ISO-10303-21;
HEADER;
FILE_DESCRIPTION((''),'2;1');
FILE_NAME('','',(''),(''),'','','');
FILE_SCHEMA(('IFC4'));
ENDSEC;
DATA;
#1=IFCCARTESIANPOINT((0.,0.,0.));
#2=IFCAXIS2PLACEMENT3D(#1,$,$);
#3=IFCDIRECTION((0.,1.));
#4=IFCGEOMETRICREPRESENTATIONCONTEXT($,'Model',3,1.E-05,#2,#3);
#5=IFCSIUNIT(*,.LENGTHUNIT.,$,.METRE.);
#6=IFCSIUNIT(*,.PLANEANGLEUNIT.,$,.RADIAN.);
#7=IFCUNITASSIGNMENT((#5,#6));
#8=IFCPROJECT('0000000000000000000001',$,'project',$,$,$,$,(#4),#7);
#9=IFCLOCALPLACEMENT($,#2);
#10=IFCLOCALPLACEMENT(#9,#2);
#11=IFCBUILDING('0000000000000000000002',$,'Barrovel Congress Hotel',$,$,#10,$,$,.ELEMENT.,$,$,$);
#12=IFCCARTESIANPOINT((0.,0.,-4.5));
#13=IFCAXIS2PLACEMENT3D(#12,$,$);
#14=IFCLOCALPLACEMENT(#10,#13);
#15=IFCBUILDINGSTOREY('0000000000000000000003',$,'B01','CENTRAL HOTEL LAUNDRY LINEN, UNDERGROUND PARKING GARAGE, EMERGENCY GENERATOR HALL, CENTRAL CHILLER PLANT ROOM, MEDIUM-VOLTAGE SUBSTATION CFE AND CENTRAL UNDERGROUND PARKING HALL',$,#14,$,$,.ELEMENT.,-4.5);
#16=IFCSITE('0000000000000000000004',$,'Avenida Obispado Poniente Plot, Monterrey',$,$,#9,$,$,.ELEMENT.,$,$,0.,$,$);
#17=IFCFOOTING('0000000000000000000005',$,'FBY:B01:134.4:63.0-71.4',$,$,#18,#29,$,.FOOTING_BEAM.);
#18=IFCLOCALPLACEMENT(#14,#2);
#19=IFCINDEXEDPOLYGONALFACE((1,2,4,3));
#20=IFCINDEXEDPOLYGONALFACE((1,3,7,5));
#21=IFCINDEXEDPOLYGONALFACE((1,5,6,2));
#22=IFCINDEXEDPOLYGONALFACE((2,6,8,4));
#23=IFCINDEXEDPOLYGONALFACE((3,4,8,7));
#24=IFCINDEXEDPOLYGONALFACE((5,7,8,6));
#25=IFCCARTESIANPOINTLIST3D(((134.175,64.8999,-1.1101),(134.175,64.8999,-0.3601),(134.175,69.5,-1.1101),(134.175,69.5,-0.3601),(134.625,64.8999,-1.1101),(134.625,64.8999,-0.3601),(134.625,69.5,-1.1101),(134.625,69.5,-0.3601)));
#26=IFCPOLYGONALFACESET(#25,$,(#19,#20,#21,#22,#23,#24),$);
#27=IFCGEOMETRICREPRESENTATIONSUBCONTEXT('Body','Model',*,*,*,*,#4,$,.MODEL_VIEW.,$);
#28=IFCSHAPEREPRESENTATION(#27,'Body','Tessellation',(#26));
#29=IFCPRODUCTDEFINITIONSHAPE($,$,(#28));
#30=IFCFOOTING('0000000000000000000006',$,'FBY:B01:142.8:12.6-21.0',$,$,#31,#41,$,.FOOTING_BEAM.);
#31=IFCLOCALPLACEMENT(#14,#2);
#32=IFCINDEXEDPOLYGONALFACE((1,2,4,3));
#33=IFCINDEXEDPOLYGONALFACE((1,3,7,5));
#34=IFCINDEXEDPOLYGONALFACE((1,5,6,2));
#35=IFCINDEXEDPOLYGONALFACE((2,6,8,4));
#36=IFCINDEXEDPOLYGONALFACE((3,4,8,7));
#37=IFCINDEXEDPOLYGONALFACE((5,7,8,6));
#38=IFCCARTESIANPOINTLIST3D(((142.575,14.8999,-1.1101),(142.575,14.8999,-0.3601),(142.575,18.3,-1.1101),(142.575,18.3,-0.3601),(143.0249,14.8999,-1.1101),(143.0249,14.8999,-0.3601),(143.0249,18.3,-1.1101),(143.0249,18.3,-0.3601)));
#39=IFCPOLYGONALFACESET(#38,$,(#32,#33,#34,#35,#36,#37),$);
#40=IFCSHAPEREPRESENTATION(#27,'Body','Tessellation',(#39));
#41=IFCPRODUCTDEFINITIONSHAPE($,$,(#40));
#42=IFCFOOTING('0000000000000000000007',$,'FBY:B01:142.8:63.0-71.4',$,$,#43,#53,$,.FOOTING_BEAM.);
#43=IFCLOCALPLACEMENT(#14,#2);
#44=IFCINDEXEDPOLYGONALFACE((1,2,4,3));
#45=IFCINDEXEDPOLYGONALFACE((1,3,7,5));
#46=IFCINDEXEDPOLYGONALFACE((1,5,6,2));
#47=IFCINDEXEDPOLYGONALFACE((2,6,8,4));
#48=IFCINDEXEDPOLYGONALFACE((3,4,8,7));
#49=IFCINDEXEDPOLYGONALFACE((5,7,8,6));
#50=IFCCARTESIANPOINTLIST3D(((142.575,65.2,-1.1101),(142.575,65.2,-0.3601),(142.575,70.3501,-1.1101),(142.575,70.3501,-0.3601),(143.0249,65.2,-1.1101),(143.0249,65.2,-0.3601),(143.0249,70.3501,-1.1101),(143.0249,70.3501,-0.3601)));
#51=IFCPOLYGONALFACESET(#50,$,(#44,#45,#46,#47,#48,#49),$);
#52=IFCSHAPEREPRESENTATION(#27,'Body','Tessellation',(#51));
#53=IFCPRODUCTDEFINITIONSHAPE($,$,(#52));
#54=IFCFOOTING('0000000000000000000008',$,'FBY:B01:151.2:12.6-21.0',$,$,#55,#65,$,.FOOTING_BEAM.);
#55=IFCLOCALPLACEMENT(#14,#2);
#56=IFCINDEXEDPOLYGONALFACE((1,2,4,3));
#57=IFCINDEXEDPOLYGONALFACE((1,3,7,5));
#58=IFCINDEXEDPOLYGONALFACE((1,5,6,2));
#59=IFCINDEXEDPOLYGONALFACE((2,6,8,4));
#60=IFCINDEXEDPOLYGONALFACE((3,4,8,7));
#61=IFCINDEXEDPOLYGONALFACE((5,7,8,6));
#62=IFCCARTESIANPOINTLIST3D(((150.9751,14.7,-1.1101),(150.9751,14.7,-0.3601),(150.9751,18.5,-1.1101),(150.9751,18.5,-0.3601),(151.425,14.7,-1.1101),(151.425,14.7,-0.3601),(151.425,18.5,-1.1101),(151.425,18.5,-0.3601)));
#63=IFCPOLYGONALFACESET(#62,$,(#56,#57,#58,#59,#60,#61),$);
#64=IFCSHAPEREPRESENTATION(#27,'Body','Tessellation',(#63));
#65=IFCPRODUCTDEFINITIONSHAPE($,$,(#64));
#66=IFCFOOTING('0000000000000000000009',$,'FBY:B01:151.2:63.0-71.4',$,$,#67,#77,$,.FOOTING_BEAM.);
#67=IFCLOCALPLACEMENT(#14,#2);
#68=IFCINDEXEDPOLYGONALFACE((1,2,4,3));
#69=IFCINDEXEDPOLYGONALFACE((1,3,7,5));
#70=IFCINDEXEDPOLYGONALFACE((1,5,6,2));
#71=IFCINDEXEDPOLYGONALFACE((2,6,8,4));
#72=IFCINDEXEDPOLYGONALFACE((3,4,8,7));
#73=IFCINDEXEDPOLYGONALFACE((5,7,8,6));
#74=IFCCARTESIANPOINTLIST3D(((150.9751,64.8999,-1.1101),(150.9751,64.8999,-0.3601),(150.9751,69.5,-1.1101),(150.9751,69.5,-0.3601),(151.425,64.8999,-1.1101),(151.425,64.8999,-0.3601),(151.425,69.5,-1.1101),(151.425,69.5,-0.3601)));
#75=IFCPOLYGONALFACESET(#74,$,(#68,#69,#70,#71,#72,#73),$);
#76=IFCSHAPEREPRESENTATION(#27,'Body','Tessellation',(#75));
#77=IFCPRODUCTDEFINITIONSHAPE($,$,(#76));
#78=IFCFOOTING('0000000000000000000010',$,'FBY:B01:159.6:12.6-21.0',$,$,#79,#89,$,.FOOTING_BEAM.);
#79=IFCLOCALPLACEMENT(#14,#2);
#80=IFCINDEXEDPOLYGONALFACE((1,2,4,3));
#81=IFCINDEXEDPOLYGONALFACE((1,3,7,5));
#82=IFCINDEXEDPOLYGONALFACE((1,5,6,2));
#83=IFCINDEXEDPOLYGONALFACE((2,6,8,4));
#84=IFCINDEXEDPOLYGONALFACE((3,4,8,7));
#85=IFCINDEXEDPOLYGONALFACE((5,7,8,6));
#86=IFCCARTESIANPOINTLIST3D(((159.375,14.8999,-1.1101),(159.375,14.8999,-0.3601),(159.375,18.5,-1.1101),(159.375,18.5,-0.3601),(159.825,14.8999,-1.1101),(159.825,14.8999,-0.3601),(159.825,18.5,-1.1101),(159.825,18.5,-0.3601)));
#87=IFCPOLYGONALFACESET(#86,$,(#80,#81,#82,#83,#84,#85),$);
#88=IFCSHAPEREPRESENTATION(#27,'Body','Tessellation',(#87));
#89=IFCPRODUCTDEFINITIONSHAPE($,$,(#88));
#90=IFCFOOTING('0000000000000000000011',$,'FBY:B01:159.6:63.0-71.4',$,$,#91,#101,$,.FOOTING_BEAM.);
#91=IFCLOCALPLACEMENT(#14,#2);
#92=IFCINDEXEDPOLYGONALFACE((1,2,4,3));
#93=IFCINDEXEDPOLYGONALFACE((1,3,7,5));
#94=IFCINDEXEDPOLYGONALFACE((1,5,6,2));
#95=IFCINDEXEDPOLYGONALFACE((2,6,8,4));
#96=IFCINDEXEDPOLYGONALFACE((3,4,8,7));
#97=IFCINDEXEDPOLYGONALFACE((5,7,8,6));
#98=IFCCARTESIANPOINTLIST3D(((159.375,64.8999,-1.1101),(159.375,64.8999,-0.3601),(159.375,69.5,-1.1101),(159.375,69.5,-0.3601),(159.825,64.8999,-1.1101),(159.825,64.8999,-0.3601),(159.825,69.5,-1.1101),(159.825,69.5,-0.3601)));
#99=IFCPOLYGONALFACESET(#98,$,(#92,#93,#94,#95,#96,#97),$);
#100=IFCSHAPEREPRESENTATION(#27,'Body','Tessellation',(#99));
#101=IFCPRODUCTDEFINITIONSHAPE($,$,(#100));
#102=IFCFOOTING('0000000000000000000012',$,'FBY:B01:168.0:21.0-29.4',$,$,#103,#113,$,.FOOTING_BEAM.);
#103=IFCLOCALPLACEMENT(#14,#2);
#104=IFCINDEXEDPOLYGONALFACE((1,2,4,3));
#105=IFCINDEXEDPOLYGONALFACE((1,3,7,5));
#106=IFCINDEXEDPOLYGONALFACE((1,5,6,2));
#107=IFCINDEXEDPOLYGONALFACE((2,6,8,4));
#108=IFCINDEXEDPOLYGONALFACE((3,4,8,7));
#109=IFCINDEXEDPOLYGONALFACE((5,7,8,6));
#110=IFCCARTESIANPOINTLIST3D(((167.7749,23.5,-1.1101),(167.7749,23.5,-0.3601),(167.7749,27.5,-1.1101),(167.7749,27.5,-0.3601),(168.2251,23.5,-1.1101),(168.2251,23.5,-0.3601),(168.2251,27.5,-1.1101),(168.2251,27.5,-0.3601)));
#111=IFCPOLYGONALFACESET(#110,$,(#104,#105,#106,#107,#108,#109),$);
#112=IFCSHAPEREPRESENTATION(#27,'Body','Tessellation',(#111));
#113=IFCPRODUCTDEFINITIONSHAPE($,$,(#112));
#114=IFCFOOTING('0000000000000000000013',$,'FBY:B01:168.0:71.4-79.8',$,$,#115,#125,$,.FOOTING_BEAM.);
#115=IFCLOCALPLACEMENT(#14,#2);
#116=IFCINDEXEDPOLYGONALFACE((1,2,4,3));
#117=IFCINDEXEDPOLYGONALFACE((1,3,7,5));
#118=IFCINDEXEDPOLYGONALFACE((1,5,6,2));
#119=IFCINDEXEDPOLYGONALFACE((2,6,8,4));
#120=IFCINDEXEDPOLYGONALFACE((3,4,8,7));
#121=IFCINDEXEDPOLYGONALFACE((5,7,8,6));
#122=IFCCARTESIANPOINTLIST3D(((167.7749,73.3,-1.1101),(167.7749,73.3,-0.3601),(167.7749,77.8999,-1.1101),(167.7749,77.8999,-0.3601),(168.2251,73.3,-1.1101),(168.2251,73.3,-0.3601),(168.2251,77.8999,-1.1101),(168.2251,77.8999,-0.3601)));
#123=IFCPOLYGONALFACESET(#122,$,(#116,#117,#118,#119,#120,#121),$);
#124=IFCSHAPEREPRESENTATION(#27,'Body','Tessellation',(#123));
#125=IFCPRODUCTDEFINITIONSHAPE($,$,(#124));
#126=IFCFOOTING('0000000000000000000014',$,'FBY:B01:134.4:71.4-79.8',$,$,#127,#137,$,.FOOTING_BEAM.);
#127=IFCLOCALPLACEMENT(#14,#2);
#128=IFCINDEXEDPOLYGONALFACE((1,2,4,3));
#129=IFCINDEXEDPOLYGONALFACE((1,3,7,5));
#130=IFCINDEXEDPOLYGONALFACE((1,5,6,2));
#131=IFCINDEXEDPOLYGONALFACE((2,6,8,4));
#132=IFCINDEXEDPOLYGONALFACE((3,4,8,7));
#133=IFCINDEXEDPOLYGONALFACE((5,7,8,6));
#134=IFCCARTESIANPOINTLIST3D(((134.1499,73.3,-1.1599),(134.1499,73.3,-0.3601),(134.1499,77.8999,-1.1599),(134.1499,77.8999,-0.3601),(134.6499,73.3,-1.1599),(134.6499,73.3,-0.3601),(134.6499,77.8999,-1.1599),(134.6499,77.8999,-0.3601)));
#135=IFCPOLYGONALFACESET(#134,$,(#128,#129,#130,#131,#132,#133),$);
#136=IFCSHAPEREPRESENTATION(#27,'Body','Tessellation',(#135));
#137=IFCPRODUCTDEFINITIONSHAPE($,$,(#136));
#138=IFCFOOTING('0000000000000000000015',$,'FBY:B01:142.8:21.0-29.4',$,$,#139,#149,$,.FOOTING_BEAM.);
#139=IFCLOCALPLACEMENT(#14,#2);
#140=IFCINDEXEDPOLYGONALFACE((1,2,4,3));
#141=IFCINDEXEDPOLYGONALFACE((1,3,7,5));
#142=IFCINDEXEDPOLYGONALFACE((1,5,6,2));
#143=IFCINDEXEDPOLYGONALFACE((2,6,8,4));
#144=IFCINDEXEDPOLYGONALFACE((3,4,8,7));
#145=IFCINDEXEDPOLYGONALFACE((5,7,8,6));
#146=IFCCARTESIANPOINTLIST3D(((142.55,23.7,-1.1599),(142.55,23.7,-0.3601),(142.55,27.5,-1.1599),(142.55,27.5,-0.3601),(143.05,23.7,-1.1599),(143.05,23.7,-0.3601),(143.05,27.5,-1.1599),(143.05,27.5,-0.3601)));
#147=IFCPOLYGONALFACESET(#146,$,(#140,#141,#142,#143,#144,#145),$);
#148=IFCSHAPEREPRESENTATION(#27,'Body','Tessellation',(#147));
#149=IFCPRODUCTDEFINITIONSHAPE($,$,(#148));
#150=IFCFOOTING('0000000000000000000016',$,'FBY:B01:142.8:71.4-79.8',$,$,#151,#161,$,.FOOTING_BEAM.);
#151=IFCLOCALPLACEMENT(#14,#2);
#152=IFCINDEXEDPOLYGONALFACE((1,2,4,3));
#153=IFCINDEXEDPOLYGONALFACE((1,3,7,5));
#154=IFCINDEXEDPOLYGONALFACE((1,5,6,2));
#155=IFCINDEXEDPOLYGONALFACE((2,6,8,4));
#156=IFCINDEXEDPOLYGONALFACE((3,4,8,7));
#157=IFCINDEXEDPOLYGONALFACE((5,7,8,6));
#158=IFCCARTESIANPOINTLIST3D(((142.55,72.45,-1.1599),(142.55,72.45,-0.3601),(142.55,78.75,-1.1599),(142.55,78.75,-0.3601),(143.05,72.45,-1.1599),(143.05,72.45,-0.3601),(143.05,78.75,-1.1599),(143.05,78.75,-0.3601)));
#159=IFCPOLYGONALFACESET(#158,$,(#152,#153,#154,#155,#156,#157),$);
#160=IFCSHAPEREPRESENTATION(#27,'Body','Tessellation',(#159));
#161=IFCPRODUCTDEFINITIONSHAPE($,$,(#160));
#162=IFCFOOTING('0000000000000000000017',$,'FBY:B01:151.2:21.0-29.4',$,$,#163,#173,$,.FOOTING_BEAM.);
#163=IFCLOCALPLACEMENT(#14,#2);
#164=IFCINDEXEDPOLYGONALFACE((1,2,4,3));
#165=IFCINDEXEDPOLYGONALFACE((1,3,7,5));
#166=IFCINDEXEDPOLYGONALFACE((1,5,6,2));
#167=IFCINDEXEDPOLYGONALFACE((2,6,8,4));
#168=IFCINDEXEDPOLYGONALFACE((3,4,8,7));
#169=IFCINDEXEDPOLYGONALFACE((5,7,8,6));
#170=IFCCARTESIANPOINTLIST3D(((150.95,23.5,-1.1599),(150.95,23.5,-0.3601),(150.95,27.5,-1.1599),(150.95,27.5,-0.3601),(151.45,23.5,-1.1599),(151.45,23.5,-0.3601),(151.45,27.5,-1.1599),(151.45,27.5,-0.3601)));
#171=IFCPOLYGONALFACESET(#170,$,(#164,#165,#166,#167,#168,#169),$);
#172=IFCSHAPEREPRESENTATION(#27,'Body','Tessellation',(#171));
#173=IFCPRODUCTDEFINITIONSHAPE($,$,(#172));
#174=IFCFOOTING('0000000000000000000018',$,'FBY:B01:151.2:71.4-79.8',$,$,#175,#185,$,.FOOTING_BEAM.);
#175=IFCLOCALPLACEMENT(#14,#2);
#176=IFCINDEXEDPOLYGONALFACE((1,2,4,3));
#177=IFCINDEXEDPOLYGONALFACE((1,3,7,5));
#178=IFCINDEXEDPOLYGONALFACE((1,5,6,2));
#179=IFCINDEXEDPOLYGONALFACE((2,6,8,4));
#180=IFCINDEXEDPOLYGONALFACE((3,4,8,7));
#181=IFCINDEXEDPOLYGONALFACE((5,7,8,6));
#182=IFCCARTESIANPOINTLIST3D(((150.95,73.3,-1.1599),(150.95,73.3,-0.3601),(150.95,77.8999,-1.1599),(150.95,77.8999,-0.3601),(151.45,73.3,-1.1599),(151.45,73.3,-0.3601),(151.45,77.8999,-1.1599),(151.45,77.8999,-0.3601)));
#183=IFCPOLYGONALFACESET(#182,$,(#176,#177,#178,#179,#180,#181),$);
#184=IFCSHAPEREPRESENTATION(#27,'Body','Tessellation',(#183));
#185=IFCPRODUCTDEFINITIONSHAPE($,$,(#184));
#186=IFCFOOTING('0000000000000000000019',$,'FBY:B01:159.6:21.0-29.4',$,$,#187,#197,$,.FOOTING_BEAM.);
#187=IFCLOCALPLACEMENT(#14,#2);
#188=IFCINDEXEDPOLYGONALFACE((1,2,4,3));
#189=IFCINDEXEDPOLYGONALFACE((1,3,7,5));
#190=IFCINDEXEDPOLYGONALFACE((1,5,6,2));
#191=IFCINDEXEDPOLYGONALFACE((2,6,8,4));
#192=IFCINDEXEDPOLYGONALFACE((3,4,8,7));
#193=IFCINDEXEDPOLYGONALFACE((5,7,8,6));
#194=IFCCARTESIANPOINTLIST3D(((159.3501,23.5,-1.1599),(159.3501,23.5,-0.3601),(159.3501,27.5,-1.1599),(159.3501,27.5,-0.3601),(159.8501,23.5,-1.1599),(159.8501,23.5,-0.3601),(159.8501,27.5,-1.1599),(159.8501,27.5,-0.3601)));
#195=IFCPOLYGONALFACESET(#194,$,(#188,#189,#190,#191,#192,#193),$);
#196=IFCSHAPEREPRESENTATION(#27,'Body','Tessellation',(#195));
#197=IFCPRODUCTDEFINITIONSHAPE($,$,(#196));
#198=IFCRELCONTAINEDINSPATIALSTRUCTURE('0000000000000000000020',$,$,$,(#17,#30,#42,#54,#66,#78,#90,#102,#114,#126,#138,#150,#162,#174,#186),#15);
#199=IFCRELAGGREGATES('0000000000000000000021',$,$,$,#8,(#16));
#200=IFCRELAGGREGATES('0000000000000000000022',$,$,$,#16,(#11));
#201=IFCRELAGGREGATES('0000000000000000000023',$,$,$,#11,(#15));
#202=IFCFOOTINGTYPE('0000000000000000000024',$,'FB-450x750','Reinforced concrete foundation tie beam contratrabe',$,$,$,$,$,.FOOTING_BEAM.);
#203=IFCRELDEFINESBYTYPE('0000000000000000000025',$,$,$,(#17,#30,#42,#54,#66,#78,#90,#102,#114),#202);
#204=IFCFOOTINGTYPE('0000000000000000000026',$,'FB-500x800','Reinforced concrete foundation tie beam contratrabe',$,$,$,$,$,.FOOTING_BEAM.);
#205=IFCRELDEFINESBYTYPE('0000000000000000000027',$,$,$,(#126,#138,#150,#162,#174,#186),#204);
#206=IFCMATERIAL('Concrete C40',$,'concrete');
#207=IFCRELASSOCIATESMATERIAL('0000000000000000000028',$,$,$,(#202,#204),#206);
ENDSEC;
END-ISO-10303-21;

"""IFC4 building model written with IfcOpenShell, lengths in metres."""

from ifc_helpers import new_model, si_unit, direction, frame, origin, place, context, subcontext, project, spatial, polyline, outline, extrude, material, type_object, element, save


model = new_model("IFC4")

# Units and contexts
model_context = context("Model", 3, precision=1e-05, world=origin(), true_north=direction((0.0, 1.0)))
body_context = subcontext(model_context, "Body", "Model", "MODEL_VIEW")
ifc_project = project(units=[si_unit("LENGTHUNIT", "METRE"), si_unit("PLANEANGLEUNIT", "RADIAN")], contexts=[model_context])

# Site, building, storey
site_placement = place(None, origin())
site = spatial("IfcSite", under=ifc_project, at=site_placement, Name="Avenida Obispado Poniente Plot, Monterrey", CompositionType="ELEMENT", RefElevation=0.0)
building_placement = place(site_placement, origin())
building = spatial("IfcBuilding", under=site, at=building_placement, Name="Barrovel Congress Hotel", CompositionType="ELEMENT")
storey_placement = place(building_placement, frame((0.0, 0.0, -4.5)))
storey = spatial("IfcBuildingStorey", under=building, at=storey_placement, Name="B01", Description="CENTRAL HOTEL LAUNDRY LINEN, UNDERGROUND PARKING GARAGE, EMERGENCY GENERATOR HALL, CENTRAL CHILLER PLANT ROOM, MEDIUM-VOLTAGE SUBSTATION CFE AND CENTRAL UNDERGROUND PARKING HALL", CompositionType="ELEMENT", Elevation=-4.5)

# Footings
ifc_material = material(Name="Concrete C40", Category="concrete")
footing_type_1 = type_object("IfcFootingType", Name="FB-450x750", Description="Reinforced concrete foundation tie beam contratrabe", PredefinedType="FOOTING_BEAM", material=ifc_material)
footing_1_placement = place(storey_placement, frame((0.0, 0.0, -1.1101)))
element("IfcFooting", 1, at=footing_1_placement, inside=storey, type_object=footing_type_1, Name="FBY:B01:134.4:63.0-71.4", PredefinedType="FOOTING_BEAM", context=body_context, shape_type="SweptSolid", body=[
    extrude(outline(polyline([(134.175, 64.8999), (134.625, 64.8999), (134.625, 69.5), (134.175, 69.5), (134.175, 64.8999)])), origin(), (0.0, 0.0, 1.0), 0.75),
])
footing_2_placement = place(storey_placement, frame((0.0, 0.0, -1.1101)))
element("IfcFooting", 2, at=footing_2_placement, inside=storey, type_object=footing_type_1, Name="FBY:B01:142.8:12.6-21.0", PredefinedType="FOOTING_BEAM", context=body_context, shape_type="SweptSolid", body=[
    extrude(outline(polyline([(142.575, 14.8999), (143.0249, 14.8999), (143.0249, 18.3), (142.575, 18.3), (142.575, 14.8999)])), origin(), (0.0, 0.0, 1.0), 0.75),
])
footing_3_placement = place(storey_placement, frame((0.0, 0.0, -1.1101)))
element("IfcFooting", 3, at=footing_3_placement, inside=storey, type_object=footing_type_1, Name="FBY:B01:142.8:63.0-71.4", PredefinedType="FOOTING_BEAM", context=body_context, shape_type="SweptSolid", body=[
    extrude(outline(polyline([(142.575, 65.2), (143.0249, 65.2), (143.0249, 70.3501), (142.575, 70.3501), (142.575, 65.2)])), origin(), (0.0, 0.0, 1.0), 0.75),
])
footing_4_placement = place(storey_placement, frame((0.0, 0.0, -1.1101)))
element("IfcFooting", 4, at=footing_4_placement, inside=storey, type_object=footing_type_1, Name="FBY:B01:151.2:12.6-21.0", PredefinedType="FOOTING_BEAM", context=body_context, shape_type="SweptSolid", body=[
    extrude(outline(polyline([(150.9751, 14.7), (151.425, 14.7), (151.425, 18.5), (150.9751, 18.5), (150.9751, 14.7)])), origin(), (0.0, 0.0, 1.0), 0.75),
])
footing_5_placement = place(storey_placement, frame((0.0, 0.0, -1.1101)))
element("IfcFooting", 5, at=footing_5_placement, inside=storey, type_object=footing_type_1, Name="FBY:B01:151.2:63.0-71.4", PredefinedType="FOOTING_BEAM", context=body_context, shape_type="SweptSolid", body=[
    extrude(outline(polyline([(150.9751, 64.8999), (151.425, 64.8999), (151.425, 69.5), (150.9751, 69.5), (150.9751, 64.8999)])), origin(), (0.0, 0.0, 1.0), 0.75),
])
footing_6_placement = place(storey_placement, frame((0.0, 0.0, -1.1101)))
element("IfcFooting", 6, at=footing_6_placement, inside=storey, type_object=footing_type_1, Name="FBY:B01:159.6:12.6-21.0", PredefinedType="FOOTING_BEAM", context=body_context, shape_type="SweptSolid", body=[
    extrude(outline(polyline([(159.375, 14.8999), (159.825, 14.8999), (159.825, 18.5), (159.375, 18.5), (159.375, 14.8999)])), origin(), (0.0, 0.0, 1.0), 0.75),
])
footing_7_placement = place(storey_placement, frame((0.0, 0.0, -1.1101)))
element("IfcFooting", 7, at=footing_7_placement, inside=storey, type_object=footing_type_1, Name="FBY:B01:159.6:63.0-71.4", PredefinedType="FOOTING_BEAM", context=body_context, shape_type="SweptSolid", body=[
    extrude(outline(polyline([(159.375, 64.8999), (159.825, 64.8999), (159.825, 69.5), (159.375, 69.5), (159.375, 64.8999)])), origin(), (0.0, 0.0, 1.0), 0.75),
])
footing_8_placement = place(storey_placement, frame((0.0, 0.0, -1.1101)))
element("IfcFooting", 8, at=footing_8_placement, inside=storey, type_object=footing_type_1, Name="FBY:B01:168.0:21.0-29.4", PredefinedType="FOOTING_BEAM", context=body_context, shape_type="SweptSolid", body=[
    extrude(outline(polyline([(167.7749, 23.5), (168.2251, 23.5), (168.2251, 27.5), (167.7749, 27.5), (167.7749, 23.5)])), origin(), (0.0, 0.0, 1.0), 0.75),
])
footing_9_placement = place(storey_placement, frame((0.0, 0.0, -1.1101)))
element("IfcFooting", 9, at=footing_9_placement, inside=storey, type_object=footing_type_1, Name="FBY:B01:168.0:71.4-79.8", PredefinedType="FOOTING_BEAM", context=body_context, shape_type="SweptSolid", body=[
    extrude(outline(polyline([(167.7749, 73.3), (168.2251, 73.3), (168.2251, 77.8999), (167.7749, 77.8999), (167.7749, 73.3)])), origin(), (0.0, 0.0, 1.0), 0.75),
])
footing_type_2 = type_object("IfcFootingType", Name="FB-500x800", Description="Reinforced concrete foundation tie beam contratrabe", PredefinedType="FOOTING_BEAM", material=ifc_material)
footing_10_placement = place(storey_placement, frame((0.0, 0.0, -1.1599)))
element("IfcFooting", 10, at=footing_10_placement, inside=storey, type_object=footing_type_2, Name="FBY:B01:134.4:71.4-79.8", PredefinedType="FOOTING_BEAM", context=body_context, shape_type="SweptSolid", body=[
    extrude(outline(polyline([(134.1499, 73.3), (134.6499, 73.3), (134.6499, 77.8999), (134.1499, 77.8999), (134.1499, 73.3)])), origin(), (0.0, 0.0, 1.0), 0.7998),
])
footing_11_placement = place(storey_placement, frame((0.0, 0.0, -1.1599)))
element("IfcFooting", 11, at=footing_11_placement, inside=storey, type_object=footing_type_2, Name="FBY:B01:142.8:21.0-29.4", PredefinedType="FOOTING_BEAM", context=body_context, shape_type="SweptSolid", body=[
    extrude(outline(polyline([(142.55, 23.7), (143.05, 23.7), (143.05, 27.5), (142.55, 27.5), (142.55, 23.7)])), origin(), (0.0, 0.0, 1.0), 0.7998),
])
footing_12_placement = place(storey_placement, frame((0.0, 0.0, -1.1599)))
element("IfcFooting", 12, at=footing_12_placement, inside=storey, type_object=footing_type_2, Name="FBY:B01:142.8:71.4-79.8", PredefinedType="FOOTING_BEAM", context=body_context, shape_type="SweptSolid", body=[
    extrude(outline(polyline([(142.55, 72.45), (143.05, 72.45), (143.05, 78.75), (142.55, 78.75), (142.55, 72.45)])), origin(), (0.0, 0.0, 1.0), 0.7998),
])
footing_13_placement = place(storey_placement, frame((0.0, 0.0, -1.1599)))
element("IfcFooting", 13, at=footing_13_placement, inside=storey, type_object=footing_type_2, Name="FBY:B01:151.2:21.0-29.4", PredefinedType="FOOTING_BEAM", context=body_context, shape_type="SweptSolid", body=[
    extrude(outline(polyline([(150.95, 23.5), (151.45, 23.5), (151.45, 27.5), (150.95, 27.5), (150.95, 23.5)])), origin(), (0.0, 0.0, 1.0), 0.7998),
])
footing_14_placement = place(storey_placement, frame((0.0, 0.0, -1.1599)))
element("IfcFooting", 14, at=footing_14_placement, inside=storey, type_object=footing_type_2, Name="FBY:B01:151.2:71.4-79.8", PredefinedType="FOOTING_BEAM", context=body_context, shape_type="SweptSolid", body=[
    extrude(outline(polyline([(150.95, 73.3), (151.45, 73.3), (151.45, 77.8999), (150.95, 77.8999), (150.95, 73.3)])), origin(), (0.0, 0.0, 1.0), 0.7998),
])
footing_15_placement = place(storey_placement, frame((0.0, 0.0, -1.1599)))
element("IfcFooting", 15, at=footing_15_placement, inside=storey, type_object=footing_type_2, Name="FBY:B01:159.6:21.0-29.4", PredefinedType="FOOTING_BEAM", context=body_context, shape_type="SweptSolid", body=[
    extrude(outline(polyline([(159.3501, 23.5), (159.8501, 23.5), (159.8501, 27.5), (159.3501, 27.5), (159.3501, 23.5)])), origin(), (0.0, 0.0, 1.0), 0.7998),
])

save(model, "model.ifc")
